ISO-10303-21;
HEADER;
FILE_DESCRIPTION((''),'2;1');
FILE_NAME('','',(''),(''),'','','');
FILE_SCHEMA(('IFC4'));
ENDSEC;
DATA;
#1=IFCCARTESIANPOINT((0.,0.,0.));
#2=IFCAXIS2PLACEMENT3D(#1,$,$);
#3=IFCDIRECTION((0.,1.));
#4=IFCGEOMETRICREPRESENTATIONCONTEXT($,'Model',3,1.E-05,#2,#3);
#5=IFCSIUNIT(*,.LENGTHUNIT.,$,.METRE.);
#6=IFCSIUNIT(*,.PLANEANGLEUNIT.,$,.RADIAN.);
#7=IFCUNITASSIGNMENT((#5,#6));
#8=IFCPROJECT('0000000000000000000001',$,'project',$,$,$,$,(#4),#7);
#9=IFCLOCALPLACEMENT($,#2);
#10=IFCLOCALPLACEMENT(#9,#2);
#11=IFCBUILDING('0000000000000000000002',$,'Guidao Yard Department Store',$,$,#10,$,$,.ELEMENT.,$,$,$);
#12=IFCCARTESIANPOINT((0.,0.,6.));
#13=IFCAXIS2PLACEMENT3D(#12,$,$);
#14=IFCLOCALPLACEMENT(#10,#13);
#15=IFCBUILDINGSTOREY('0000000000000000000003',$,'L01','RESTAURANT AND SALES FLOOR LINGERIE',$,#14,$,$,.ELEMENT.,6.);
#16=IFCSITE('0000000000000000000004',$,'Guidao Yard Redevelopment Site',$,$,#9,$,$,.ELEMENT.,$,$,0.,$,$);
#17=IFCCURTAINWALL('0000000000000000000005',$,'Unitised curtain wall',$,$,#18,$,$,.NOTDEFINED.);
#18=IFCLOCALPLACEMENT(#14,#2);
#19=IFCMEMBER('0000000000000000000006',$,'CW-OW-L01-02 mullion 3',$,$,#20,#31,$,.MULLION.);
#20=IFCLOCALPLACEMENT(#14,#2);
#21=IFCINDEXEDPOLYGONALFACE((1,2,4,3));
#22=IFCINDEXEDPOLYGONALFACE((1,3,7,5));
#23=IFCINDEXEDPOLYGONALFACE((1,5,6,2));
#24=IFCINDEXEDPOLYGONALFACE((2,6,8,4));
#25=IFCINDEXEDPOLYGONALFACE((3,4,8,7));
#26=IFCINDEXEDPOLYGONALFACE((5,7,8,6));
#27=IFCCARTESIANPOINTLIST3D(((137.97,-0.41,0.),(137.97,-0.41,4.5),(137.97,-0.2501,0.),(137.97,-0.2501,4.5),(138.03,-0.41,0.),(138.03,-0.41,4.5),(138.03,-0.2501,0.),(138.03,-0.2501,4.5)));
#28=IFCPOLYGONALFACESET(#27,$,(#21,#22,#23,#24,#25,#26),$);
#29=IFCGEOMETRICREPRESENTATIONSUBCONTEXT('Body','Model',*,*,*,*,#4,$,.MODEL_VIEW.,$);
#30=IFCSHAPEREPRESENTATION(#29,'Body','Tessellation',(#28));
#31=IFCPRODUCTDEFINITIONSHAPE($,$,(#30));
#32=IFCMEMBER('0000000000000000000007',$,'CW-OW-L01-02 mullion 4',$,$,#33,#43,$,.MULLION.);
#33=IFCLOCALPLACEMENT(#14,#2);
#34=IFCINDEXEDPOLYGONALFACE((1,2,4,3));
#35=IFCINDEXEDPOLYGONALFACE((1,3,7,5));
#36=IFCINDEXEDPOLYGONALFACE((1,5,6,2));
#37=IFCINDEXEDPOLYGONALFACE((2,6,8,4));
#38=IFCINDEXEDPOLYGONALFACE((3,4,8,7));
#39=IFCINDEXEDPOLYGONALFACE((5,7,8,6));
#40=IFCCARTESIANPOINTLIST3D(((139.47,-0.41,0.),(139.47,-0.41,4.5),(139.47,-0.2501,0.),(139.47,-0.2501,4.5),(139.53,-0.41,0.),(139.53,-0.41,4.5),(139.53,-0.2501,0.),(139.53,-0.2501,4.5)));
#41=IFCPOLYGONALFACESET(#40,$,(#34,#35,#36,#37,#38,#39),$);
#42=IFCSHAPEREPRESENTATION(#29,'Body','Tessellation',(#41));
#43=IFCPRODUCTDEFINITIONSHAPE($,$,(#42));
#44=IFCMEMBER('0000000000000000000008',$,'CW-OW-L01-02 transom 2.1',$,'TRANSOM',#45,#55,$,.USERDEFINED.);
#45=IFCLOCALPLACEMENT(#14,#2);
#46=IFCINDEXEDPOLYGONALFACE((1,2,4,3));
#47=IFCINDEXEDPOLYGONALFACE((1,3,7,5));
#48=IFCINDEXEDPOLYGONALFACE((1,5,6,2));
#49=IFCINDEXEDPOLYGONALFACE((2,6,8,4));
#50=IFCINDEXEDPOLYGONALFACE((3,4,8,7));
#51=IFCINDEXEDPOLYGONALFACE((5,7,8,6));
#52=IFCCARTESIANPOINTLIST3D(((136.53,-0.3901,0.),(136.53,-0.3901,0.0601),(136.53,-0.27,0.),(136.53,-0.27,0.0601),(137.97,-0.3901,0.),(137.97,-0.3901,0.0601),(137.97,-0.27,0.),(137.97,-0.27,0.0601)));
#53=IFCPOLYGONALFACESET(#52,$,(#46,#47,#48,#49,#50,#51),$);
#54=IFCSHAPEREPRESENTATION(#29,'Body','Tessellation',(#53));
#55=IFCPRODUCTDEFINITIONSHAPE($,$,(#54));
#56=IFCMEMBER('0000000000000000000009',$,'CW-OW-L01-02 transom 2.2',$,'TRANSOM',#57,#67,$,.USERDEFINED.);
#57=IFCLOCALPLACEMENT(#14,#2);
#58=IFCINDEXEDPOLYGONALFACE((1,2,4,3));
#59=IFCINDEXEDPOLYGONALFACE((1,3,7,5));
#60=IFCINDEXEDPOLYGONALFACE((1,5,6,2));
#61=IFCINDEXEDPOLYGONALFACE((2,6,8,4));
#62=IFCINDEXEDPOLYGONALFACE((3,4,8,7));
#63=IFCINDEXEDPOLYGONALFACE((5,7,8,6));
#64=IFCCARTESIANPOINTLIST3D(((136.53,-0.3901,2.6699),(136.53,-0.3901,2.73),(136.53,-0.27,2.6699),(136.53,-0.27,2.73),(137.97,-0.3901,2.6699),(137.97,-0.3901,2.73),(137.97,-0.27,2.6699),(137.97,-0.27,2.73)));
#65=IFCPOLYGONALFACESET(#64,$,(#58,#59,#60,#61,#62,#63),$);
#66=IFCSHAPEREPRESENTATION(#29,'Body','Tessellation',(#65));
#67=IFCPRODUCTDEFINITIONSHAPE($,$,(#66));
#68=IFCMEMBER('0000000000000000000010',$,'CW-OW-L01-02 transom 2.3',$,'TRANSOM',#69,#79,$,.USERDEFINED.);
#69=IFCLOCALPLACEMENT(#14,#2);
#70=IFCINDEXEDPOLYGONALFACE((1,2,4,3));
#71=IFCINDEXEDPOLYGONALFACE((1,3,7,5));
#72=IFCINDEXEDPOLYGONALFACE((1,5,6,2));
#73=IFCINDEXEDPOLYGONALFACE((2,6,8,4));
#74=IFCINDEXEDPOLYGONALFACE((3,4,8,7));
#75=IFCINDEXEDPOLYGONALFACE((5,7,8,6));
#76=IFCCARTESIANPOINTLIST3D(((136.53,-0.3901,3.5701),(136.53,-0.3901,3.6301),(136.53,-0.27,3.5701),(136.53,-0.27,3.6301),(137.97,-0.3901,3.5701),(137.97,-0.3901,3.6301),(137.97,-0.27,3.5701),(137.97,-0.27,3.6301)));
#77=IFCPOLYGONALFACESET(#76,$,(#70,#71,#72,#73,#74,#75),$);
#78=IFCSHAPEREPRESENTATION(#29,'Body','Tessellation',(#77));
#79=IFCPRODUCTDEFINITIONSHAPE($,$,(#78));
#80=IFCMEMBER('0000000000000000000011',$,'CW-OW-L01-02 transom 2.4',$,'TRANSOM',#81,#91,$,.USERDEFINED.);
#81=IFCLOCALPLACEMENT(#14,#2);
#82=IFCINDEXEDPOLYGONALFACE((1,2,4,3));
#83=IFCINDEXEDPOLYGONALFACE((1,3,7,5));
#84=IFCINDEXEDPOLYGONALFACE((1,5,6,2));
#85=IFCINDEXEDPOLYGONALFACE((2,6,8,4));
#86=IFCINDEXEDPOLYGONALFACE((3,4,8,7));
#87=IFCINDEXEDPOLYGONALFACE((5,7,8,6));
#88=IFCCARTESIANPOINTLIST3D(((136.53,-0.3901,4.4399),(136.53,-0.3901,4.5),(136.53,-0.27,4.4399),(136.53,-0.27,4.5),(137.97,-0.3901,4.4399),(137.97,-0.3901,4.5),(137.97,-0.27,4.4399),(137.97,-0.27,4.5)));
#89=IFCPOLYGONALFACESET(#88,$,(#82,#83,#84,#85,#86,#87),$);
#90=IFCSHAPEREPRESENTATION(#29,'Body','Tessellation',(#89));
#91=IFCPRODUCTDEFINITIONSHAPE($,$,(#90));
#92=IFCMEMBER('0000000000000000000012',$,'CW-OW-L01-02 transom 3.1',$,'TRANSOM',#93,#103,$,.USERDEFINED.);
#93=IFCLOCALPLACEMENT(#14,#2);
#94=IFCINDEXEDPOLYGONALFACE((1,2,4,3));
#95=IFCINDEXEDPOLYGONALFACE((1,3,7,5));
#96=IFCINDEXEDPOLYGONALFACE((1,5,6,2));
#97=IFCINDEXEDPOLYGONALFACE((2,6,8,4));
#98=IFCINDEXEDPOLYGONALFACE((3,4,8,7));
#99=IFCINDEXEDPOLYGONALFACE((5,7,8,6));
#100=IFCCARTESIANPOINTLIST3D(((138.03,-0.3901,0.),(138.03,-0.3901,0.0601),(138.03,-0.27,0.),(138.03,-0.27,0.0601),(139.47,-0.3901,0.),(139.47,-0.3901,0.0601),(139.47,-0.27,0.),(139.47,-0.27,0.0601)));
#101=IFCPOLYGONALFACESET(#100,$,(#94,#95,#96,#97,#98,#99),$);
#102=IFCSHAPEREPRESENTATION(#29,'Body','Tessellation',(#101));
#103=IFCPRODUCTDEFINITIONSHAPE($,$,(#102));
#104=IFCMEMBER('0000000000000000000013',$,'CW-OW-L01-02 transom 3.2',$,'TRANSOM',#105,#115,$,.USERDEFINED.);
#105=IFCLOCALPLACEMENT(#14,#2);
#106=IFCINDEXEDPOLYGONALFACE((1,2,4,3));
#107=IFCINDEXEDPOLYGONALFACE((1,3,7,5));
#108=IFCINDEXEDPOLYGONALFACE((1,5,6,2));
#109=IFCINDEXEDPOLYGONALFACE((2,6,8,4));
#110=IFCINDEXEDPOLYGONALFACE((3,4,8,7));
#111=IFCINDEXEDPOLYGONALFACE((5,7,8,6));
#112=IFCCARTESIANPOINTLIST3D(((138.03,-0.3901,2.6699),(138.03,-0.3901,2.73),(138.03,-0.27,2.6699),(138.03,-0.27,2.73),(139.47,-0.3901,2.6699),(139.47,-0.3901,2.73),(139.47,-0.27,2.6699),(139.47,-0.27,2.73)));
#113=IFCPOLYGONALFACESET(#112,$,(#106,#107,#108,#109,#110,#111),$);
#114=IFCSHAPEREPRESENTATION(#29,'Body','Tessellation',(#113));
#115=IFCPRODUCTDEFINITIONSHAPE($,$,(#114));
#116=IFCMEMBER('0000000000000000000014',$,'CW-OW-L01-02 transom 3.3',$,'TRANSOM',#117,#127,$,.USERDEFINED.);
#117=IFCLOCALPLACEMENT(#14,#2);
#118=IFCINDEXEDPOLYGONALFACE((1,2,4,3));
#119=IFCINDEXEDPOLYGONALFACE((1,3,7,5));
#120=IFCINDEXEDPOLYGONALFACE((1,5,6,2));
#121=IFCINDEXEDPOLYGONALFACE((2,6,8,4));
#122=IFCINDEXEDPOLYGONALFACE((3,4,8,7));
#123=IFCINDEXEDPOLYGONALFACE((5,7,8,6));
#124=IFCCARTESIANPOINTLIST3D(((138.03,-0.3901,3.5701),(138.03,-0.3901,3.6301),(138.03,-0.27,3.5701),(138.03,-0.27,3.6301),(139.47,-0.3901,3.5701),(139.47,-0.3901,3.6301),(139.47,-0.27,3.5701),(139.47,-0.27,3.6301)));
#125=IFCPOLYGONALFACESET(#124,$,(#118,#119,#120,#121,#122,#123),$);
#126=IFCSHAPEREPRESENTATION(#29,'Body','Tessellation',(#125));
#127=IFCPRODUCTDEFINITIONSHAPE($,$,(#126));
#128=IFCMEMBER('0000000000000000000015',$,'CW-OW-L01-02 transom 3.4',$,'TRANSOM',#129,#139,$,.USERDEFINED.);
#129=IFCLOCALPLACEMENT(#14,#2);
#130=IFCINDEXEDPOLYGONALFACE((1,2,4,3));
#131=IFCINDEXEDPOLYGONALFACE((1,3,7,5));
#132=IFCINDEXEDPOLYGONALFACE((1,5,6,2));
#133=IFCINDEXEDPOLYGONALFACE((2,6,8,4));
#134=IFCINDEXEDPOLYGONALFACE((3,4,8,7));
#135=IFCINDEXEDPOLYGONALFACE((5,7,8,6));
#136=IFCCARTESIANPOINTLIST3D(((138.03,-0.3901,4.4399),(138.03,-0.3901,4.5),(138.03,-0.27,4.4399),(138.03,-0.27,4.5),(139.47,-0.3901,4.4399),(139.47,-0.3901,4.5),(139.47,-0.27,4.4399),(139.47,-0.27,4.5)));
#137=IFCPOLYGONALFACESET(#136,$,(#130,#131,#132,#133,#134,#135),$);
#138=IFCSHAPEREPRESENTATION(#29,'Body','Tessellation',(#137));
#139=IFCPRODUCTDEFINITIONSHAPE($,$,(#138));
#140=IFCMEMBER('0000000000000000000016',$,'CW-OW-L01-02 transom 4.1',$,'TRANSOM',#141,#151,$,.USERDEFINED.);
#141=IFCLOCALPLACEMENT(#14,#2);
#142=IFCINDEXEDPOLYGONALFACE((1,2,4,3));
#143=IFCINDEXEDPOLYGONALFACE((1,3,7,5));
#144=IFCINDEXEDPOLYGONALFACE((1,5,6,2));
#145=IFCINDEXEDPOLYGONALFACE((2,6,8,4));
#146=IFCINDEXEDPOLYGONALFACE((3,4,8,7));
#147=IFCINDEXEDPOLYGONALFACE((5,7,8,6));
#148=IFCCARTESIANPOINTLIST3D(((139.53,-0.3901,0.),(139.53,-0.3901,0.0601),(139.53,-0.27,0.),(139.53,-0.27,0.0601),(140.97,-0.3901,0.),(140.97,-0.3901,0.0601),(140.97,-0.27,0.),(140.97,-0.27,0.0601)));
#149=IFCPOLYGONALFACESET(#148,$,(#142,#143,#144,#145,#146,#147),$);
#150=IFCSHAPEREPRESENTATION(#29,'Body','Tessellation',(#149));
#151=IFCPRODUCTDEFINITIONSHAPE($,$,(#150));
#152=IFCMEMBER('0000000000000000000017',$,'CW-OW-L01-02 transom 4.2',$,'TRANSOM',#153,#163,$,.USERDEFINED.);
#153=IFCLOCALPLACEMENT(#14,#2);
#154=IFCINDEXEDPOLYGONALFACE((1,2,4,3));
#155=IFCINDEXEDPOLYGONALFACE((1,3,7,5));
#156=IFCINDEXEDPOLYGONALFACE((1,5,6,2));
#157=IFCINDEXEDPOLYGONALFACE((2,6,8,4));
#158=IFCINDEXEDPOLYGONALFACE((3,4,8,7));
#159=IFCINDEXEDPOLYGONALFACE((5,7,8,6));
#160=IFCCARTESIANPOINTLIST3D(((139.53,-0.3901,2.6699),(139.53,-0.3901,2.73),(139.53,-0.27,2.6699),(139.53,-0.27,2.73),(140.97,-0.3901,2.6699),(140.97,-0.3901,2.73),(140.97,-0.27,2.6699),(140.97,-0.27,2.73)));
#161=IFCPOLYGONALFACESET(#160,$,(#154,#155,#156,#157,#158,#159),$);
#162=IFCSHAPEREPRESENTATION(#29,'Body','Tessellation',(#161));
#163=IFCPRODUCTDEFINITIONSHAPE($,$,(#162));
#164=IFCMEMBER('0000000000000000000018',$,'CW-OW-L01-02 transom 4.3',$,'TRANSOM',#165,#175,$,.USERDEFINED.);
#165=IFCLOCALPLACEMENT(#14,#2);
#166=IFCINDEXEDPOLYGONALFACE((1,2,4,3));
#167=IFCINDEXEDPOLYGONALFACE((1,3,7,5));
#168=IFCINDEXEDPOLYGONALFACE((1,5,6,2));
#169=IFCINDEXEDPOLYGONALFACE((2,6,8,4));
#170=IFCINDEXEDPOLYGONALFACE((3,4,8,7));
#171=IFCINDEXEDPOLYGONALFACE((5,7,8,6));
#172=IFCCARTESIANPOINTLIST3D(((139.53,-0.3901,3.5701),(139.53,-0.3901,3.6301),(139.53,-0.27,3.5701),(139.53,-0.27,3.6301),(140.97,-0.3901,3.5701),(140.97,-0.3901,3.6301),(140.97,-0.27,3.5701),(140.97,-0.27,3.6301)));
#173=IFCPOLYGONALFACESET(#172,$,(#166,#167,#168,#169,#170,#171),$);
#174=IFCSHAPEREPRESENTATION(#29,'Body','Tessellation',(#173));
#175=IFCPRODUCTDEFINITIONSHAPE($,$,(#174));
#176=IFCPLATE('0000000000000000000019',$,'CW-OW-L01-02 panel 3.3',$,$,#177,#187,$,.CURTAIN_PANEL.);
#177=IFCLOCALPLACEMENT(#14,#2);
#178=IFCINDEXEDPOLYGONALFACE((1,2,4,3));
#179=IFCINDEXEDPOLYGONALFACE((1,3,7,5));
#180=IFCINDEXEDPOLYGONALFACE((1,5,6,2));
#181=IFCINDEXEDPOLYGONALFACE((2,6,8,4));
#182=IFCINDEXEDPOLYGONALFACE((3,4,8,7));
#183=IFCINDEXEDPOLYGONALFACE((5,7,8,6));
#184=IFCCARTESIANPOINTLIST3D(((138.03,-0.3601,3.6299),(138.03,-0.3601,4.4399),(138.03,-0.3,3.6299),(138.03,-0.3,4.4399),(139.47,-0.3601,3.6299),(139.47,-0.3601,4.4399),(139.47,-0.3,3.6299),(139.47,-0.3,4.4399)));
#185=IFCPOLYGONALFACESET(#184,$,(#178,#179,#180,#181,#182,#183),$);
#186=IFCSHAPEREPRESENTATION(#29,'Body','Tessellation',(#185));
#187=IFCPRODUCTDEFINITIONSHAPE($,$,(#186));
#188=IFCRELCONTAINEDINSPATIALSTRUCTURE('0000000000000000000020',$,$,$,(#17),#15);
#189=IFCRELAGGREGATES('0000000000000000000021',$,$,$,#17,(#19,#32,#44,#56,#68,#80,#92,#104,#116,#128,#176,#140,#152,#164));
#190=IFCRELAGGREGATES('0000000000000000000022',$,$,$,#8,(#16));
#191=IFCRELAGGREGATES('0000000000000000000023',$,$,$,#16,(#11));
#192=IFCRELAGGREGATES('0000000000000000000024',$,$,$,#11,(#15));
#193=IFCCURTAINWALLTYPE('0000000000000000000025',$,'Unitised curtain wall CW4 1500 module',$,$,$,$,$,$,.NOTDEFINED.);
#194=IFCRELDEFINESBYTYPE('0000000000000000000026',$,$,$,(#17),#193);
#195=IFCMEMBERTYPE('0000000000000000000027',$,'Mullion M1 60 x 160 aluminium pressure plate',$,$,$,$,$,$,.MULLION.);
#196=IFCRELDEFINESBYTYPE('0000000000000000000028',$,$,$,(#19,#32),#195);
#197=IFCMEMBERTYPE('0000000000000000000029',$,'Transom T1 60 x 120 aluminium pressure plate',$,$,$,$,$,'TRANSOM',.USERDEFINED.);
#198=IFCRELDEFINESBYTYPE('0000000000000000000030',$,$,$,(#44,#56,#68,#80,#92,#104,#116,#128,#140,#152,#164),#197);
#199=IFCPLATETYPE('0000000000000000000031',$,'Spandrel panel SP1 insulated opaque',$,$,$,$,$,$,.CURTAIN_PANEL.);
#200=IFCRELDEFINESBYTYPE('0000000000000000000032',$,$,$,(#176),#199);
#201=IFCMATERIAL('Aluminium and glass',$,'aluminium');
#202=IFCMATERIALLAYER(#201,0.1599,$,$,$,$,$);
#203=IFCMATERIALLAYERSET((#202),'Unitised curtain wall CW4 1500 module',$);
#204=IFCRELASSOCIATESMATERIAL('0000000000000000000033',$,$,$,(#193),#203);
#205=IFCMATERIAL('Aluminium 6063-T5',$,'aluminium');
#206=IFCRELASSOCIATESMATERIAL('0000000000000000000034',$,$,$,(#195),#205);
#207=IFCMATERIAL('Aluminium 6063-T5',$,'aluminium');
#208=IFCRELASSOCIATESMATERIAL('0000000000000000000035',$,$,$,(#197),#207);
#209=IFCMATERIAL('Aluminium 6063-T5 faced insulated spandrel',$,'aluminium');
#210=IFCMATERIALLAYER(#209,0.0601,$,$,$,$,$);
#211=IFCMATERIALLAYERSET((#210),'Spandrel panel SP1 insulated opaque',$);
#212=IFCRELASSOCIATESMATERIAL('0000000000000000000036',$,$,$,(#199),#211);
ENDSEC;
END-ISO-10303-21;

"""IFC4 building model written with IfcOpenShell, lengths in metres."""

from ifc_helpers import new_model, si_unit, direction, frame, origin, origin_2d, place, context, subcontext, project, spatial, rectangle, extrude, material, layer, layer_set, material_profile, profile_set, type_object, element, aggregate, save


model = new_model("IFC4")

# Units and contexts
model_context = context("Model", 3, precision=1e-05, world=origin(), true_north=direction((0.0, 1.0)))
body_context = subcontext(model_context, "Body", "Model", "MODEL_VIEW")
ifc_project = project(units=[si_unit("LENGTHUNIT", "METRE"), si_unit("PLANEANGLEUNIT", "RADIAN")], contexts=[model_context])

# Site, building, storey
site_placement = place(None, origin())
site = spatial("IfcSite", under=ifc_project, at=site_placement, Name="Guidao Yard Redevelopment Site", CompositionType="ELEMENT", RefElevation=0.0)
building_placement = place(site_placement, origin())
building = spatial("IfcBuilding", under=site, at=building_placement, Name="Guidao Yard Department Store", CompositionType="ELEMENT")
storey_placement = place(building_placement, frame((0.0, 0.0, 6.0)))
storey = spatial("IfcBuildingStorey", under=building, at=storey_placement, Name="L01", Description="RESTAURANT AND SALES FLOOR LINGERIE", CompositionType="ELEMENT", Elevation=6.0)

# Curtain wall, members, plate
ifc_material_1 = material(Name="Aluminium and glass", Category="aluminium")
ifc_layer_1 = layer(ifc_material_1, 0.1599)
ifc_layer_set_1 = layer_set([ifc_layer_1], Name="Unitised curtain wall CW4 1500 module")
curtain_wall_type = type_object("IfcCurtainWallType", Name="Unitised curtain wall CW4 1500 module", PredefinedType="NOTDEFINED", material=ifc_layer_set_1)
curtain_wall_placement = place(storey_placement, origin())
curtain_wall = element("IfcCurtainWall", 1, at=curtain_wall_placement, inside=storey, type_object=curtain_wall_type, Name="Unitised curtain wall", PredefinedType="NOTDEFINED")
ifc_material_2 = material(Name="Aluminium 6063-T5", Category="aluminium")
ifc_material_profile_1 = material_profile(ifc_material_2, rectangle(XDim=0.0601, YDim=0.1599, at=origin_2d()), Name="Mullion M1 60 x 160 aluminium pressure plate")
ifc_profile_set_1 = profile_set([ifc_material_profile_1], Name="Aluminium 6063-T5")
member_type_1 = type_object("IfcMemberType", Name="Mullion M1 60 x 160 aluminium pressure plate", PredefinedType="MULLION", material=ifc_profile_set_1)
member_1_placement = place(storey_placement, frame((138.0, -0.3301, 0.0), z_axis=(0.0, 0.0, 1.0), x_axis=(-1.0, 0.0, 0.0)))
member_1 = element("IfcMember", 2, at=member_1_placement, type_object=member_type_1, Name="CW-OW-L01-02 mullion 3", PredefinedType="MULLION", context=body_context, shape_type="SweptSolid", body=[
    extrude(rectangle(XDim=0.0601, YDim=0.1599, at=origin_2d()), origin(), (0.0, 0.0, 1.0), 4.5),
])
member_2_placement = place(storey_placement, frame((139.5, -0.3301, 0.0), z_axis=(0.0, 0.0, 1.0), x_axis=(-1.0, 0.0, 0.0)))
member_2 = element("IfcMember", 3, at=member_2_placement, type_object=member_type_1, Name="CW-OW-L01-02 mullion 4", PredefinedType="MULLION", context=body_context, shape_type="SweptSolid", body=[
    extrude(rectangle(XDim=0.0601, YDim=0.1599, at=origin_2d()), origin(), (0.0, 0.0, 1.0), 4.5),
])
ifc_material_3 = material(Name="Aluminium 6063-T5", Category="aluminium")
ifc_material_profile_2 = material_profile(ifc_material_3, rectangle(XDim=0.1201, YDim=0.0601, at=origin_2d()), Name="Transom T1 60 x 120 aluminium pressure plate")
ifc_profile_set_2 = profile_set([ifc_material_profile_2], Name="Aluminium 6063-T5")
member_type_2 = type_object("IfcMemberType", Name="Transom T1 60 x 120 aluminium pressure plate", ElementType="TRANSOM", PredefinedType="USERDEFINED", material=ifc_profile_set_2)
member_3_placement = place(storey_placement, frame((137.97, -0.3301, 0.03), z_axis=(-1.0, 0.0, 0.0), x_axis=(0.0, -1.0, 0.0)))
member_3 = element("IfcMember", 4, at=member_3_placement, type_object=member_type_2, Name="CW-OW-L01-02 transom 2.1", ObjectType="TRANSOM", PredefinedType="USERDEFINED", context=body_context, shape_type="SweptSolid", body=[
    extrude(rectangle(XDim=0.1201, YDim=0.0601, at=origin_2d()), origin(), (0.0, 0.0, 1.0), 1.4399),
])
member_4_placement = place(storey_placement, frame((137.97, -0.3301, 2.7), z_axis=(-1.0, 0.0, 0.0), x_axis=(0.0, -1.0, 0.0)))
member_4 = element("IfcMember", 5, at=member_4_placement, type_object=member_type_2, Name="CW-OW-L01-02 transom 2.2", ObjectType="TRANSOM", PredefinedType="USERDEFINED", context=body_context, shape_type="SweptSolid", body=[
    extrude(rectangle(XDim=0.1201, YDim=0.0601, at=origin_2d()), origin(), (0.0, 0.0, 1.0), 1.4399),
])
member_5_placement = place(storey_placement, frame((137.97, -0.3301, 3.6001), z_axis=(-1.0, 0.0, 0.0), x_axis=(0.0, -1.0, 0.0)))
member_5 = element("IfcMember", 6, at=member_5_placement, type_object=member_type_2, Name="CW-OW-L01-02 transom 2.3", ObjectType="TRANSOM", PredefinedType="USERDEFINED", context=body_context, shape_type="SweptSolid", body=[
    extrude(rectangle(XDim=0.1201, YDim=0.0601, at=origin_2d()), origin(), (0.0, 0.0, 1.0), 1.4399),
])
member_6_placement = place(storey_placement, frame((137.97, -0.3301, 4.47), z_axis=(-1.0, 0.0, 0.0), x_axis=(0.0, -1.0, 0.0)))
member_6 = element("IfcMember", 7, at=member_6_placement, type_object=member_type_2, Name="CW-OW-L01-02 transom 2.4", ObjectType="TRANSOM", PredefinedType="USERDEFINED", context=body_context, shape_type="SweptSolid", body=[
    extrude(rectangle(XDim=0.1201, YDim=0.0601, at=origin_2d()), origin(), (0.0, 0.0, 1.0), 1.4399),
])
member_7_placement = place(storey_placement, frame((139.47, -0.3301, 0.03), z_axis=(-1.0, 0.0, 0.0), x_axis=(0.0, -1.0, 0.0)))
member_7 = element("IfcMember", 8, at=member_7_placement, type_object=member_type_2, Name="CW-OW-L01-02 transom 3.1", ObjectType="TRANSOM", PredefinedType="USERDEFINED", context=body_context, shape_type="SweptSolid", body=[
    extrude(rectangle(XDim=0.1201, YDim=0.0601, at=origin_2d()), origin(), (0.0, 0.0, 1.0), 1.4399),
])
member_8_placement = place(storey_placement, frame((139.47, -0.3301, 2.7), z_axis=(-1.0, 0.0, 0.0), x_axis=(0.0, -1.0, 0.0)))
member_8 = element("IfcMember", 9, at=member_8_placement, type_object=member_type_2, Name="CW-OW-L01-02 transom 3.2", ObjectType="TRANSOM", PredefinedType="USERDEFINED", context=body_context, shape_type="SweptSolid", body=[
    extrude(rectangle(XDim=0.1201, YDim=0.0601, at=origin_2d()), origin(), (0.0, 0.0, 1.0), 1.4399),
])
member_9_placement = place(storey_placement, frame((139.47, -0.3301, 3.6001), z_axis=(-1.0, 0.0, 0.0), x_axis=(0.0, -1.0, 0.0)))
member_9 = element("IfcMember", 10, at=member_9_placement, type_object=member_type_2, Name="CW-OW-L01-02 transom 3.3", ObjectType="TRANSOM", PredefinedType="USERDEFINED", context=body_context, shape_type="SweptSolid", body=[
    extrude(rectangle(XDim=0.1201, YDim=0.0601, at=origin_2d()), origin(), (0.0, 0.0, 1.0), 1.4399),
])
member_10_placement = place(storey_placement, frame((139.47, -0.3301, 4.47), z_axis=(-1.0, 0.0, 0.0), x_axis=(0.0, -1.0, 0.0)))
member_10 = element("IfcMember", 11, at=member_10_placement, type_object=member_type_2, Name="CW-OW-L01-02 transom 3.4", ObjectType="TRANSOM", PredefinedType="USERDEFINED", context=body_context, shape_type="SweptSolid", body=[
    extrude(rectangle(XDim=0.1201, YDim=0.0601, at=origin_2d()), origin(), (0.0, 0.0, 1.0), 1.4399),
])
member_11_placement = place(storey_placement, frame((140.97, -0.3301, 0.03), z_axis=(-1.0, 0.0, 0.0), x_axis=(0.0, -1.0, 0.0)))
member_11 = element("IfcMember", 12, at=member_11_placement, type_object=member_type_2, Name="CW-OW-L01-02 transom 4.1", ObjectType="TRANSOM", PredefinedType="USERDEFINED", context=body_context, shape_type="SweptSolid", body=[
    extrude(rectangle(XDim=0.1201, YDim=0.0601, at=origin_2d()), origin(), (0.0, 0.0, 1.0), 1.4399),
])
member_12_placement = place(storey_placement, frame((140.97, -0.3301, 2.7), z_axis=(-1.0, 0.0, 0.0), x_axis=(0.0, -1.0, 0.0)))
member_12 = element("IfcMember", 13, at=member_12_placement, type_object=member_type_2, Name="CW-OW-L01-02 transom 4.2", ObjectType="TRANSOM", PredefinedType="USERDEFINED", context=body_context, shape_type="SweptSolid", body=[
    extrude(rectangle(XDim=0.1201, YDim=0.0601, at=origin_2d()), origin(), (0.0, 0.0, 1.0), 1.4399),
])
member_13_placement = place(storey_placement, frame((140.97, -0.3301, 3.6001), z_axis=(-1.0, 0.0, 0.0), x_axis=(0.0, -1.0, 0.0)))
member_13 = element("IfcMember", 14, at=member_13_placement, type_object=member_type_2, Name="CW-OW-L01-02 transom 4.3", ObjectType="TRANSOM", PredefinedType="USERDEFINED", context=body_context, shape_type="SweptSolid", body=[
    extrude(rectangle(XDim=0.1201, YDim=0.0601, at=origin_2d()), origin(), (0.0, 0.0, 1.0), 1.4399),
])
ifc_material_4 = material(Name="Aluminium 6063-T5 faced insulated spandrel", Category="aluminium")
ifc_layer_2 = layer(ifc_material_4, 0.0601)
ifc_layer_set_2 = layer_set([ifc_layer_2], Name="Spandrel panel SP1 insulated opaque")
plate_type_1 = type_object("IfcPlateType", Name="Spandrel panel SP1 insulated opaque", PredefinedType="CURTAIN_PANEL", material=ifc_layer_set_2)
plate_1_placement = place(storey_placement, frame((138.75, -0.3301, 3.6299), z_axis=(0.0, 0.0, 1.0), x_axis=(-1.0, 0.0, 0.0)))
plate_1 = element("IfcPlate", 15, at=plate_1_placement, type_object=plate_type_1, Name="CW-OW-L01-02 panel 3.3", PredefinedType="CURTAIN_PANEL", context=body_context, shape_type="SweptSolid", body=[
    extrude(rectangle(XDim=1.4399, YDim=0.0601, at=origin_2d()), origin(), (0.0, 0.0, 1.0), 0.8101),
])
aggregate(curtain_wall, [member_1, member_2, member_3, member_4, member_5, member_6, member_7, member_8, member_9, member_10, plate_1, member_11, member_12, member_13])

save(model, "model.ifc")
